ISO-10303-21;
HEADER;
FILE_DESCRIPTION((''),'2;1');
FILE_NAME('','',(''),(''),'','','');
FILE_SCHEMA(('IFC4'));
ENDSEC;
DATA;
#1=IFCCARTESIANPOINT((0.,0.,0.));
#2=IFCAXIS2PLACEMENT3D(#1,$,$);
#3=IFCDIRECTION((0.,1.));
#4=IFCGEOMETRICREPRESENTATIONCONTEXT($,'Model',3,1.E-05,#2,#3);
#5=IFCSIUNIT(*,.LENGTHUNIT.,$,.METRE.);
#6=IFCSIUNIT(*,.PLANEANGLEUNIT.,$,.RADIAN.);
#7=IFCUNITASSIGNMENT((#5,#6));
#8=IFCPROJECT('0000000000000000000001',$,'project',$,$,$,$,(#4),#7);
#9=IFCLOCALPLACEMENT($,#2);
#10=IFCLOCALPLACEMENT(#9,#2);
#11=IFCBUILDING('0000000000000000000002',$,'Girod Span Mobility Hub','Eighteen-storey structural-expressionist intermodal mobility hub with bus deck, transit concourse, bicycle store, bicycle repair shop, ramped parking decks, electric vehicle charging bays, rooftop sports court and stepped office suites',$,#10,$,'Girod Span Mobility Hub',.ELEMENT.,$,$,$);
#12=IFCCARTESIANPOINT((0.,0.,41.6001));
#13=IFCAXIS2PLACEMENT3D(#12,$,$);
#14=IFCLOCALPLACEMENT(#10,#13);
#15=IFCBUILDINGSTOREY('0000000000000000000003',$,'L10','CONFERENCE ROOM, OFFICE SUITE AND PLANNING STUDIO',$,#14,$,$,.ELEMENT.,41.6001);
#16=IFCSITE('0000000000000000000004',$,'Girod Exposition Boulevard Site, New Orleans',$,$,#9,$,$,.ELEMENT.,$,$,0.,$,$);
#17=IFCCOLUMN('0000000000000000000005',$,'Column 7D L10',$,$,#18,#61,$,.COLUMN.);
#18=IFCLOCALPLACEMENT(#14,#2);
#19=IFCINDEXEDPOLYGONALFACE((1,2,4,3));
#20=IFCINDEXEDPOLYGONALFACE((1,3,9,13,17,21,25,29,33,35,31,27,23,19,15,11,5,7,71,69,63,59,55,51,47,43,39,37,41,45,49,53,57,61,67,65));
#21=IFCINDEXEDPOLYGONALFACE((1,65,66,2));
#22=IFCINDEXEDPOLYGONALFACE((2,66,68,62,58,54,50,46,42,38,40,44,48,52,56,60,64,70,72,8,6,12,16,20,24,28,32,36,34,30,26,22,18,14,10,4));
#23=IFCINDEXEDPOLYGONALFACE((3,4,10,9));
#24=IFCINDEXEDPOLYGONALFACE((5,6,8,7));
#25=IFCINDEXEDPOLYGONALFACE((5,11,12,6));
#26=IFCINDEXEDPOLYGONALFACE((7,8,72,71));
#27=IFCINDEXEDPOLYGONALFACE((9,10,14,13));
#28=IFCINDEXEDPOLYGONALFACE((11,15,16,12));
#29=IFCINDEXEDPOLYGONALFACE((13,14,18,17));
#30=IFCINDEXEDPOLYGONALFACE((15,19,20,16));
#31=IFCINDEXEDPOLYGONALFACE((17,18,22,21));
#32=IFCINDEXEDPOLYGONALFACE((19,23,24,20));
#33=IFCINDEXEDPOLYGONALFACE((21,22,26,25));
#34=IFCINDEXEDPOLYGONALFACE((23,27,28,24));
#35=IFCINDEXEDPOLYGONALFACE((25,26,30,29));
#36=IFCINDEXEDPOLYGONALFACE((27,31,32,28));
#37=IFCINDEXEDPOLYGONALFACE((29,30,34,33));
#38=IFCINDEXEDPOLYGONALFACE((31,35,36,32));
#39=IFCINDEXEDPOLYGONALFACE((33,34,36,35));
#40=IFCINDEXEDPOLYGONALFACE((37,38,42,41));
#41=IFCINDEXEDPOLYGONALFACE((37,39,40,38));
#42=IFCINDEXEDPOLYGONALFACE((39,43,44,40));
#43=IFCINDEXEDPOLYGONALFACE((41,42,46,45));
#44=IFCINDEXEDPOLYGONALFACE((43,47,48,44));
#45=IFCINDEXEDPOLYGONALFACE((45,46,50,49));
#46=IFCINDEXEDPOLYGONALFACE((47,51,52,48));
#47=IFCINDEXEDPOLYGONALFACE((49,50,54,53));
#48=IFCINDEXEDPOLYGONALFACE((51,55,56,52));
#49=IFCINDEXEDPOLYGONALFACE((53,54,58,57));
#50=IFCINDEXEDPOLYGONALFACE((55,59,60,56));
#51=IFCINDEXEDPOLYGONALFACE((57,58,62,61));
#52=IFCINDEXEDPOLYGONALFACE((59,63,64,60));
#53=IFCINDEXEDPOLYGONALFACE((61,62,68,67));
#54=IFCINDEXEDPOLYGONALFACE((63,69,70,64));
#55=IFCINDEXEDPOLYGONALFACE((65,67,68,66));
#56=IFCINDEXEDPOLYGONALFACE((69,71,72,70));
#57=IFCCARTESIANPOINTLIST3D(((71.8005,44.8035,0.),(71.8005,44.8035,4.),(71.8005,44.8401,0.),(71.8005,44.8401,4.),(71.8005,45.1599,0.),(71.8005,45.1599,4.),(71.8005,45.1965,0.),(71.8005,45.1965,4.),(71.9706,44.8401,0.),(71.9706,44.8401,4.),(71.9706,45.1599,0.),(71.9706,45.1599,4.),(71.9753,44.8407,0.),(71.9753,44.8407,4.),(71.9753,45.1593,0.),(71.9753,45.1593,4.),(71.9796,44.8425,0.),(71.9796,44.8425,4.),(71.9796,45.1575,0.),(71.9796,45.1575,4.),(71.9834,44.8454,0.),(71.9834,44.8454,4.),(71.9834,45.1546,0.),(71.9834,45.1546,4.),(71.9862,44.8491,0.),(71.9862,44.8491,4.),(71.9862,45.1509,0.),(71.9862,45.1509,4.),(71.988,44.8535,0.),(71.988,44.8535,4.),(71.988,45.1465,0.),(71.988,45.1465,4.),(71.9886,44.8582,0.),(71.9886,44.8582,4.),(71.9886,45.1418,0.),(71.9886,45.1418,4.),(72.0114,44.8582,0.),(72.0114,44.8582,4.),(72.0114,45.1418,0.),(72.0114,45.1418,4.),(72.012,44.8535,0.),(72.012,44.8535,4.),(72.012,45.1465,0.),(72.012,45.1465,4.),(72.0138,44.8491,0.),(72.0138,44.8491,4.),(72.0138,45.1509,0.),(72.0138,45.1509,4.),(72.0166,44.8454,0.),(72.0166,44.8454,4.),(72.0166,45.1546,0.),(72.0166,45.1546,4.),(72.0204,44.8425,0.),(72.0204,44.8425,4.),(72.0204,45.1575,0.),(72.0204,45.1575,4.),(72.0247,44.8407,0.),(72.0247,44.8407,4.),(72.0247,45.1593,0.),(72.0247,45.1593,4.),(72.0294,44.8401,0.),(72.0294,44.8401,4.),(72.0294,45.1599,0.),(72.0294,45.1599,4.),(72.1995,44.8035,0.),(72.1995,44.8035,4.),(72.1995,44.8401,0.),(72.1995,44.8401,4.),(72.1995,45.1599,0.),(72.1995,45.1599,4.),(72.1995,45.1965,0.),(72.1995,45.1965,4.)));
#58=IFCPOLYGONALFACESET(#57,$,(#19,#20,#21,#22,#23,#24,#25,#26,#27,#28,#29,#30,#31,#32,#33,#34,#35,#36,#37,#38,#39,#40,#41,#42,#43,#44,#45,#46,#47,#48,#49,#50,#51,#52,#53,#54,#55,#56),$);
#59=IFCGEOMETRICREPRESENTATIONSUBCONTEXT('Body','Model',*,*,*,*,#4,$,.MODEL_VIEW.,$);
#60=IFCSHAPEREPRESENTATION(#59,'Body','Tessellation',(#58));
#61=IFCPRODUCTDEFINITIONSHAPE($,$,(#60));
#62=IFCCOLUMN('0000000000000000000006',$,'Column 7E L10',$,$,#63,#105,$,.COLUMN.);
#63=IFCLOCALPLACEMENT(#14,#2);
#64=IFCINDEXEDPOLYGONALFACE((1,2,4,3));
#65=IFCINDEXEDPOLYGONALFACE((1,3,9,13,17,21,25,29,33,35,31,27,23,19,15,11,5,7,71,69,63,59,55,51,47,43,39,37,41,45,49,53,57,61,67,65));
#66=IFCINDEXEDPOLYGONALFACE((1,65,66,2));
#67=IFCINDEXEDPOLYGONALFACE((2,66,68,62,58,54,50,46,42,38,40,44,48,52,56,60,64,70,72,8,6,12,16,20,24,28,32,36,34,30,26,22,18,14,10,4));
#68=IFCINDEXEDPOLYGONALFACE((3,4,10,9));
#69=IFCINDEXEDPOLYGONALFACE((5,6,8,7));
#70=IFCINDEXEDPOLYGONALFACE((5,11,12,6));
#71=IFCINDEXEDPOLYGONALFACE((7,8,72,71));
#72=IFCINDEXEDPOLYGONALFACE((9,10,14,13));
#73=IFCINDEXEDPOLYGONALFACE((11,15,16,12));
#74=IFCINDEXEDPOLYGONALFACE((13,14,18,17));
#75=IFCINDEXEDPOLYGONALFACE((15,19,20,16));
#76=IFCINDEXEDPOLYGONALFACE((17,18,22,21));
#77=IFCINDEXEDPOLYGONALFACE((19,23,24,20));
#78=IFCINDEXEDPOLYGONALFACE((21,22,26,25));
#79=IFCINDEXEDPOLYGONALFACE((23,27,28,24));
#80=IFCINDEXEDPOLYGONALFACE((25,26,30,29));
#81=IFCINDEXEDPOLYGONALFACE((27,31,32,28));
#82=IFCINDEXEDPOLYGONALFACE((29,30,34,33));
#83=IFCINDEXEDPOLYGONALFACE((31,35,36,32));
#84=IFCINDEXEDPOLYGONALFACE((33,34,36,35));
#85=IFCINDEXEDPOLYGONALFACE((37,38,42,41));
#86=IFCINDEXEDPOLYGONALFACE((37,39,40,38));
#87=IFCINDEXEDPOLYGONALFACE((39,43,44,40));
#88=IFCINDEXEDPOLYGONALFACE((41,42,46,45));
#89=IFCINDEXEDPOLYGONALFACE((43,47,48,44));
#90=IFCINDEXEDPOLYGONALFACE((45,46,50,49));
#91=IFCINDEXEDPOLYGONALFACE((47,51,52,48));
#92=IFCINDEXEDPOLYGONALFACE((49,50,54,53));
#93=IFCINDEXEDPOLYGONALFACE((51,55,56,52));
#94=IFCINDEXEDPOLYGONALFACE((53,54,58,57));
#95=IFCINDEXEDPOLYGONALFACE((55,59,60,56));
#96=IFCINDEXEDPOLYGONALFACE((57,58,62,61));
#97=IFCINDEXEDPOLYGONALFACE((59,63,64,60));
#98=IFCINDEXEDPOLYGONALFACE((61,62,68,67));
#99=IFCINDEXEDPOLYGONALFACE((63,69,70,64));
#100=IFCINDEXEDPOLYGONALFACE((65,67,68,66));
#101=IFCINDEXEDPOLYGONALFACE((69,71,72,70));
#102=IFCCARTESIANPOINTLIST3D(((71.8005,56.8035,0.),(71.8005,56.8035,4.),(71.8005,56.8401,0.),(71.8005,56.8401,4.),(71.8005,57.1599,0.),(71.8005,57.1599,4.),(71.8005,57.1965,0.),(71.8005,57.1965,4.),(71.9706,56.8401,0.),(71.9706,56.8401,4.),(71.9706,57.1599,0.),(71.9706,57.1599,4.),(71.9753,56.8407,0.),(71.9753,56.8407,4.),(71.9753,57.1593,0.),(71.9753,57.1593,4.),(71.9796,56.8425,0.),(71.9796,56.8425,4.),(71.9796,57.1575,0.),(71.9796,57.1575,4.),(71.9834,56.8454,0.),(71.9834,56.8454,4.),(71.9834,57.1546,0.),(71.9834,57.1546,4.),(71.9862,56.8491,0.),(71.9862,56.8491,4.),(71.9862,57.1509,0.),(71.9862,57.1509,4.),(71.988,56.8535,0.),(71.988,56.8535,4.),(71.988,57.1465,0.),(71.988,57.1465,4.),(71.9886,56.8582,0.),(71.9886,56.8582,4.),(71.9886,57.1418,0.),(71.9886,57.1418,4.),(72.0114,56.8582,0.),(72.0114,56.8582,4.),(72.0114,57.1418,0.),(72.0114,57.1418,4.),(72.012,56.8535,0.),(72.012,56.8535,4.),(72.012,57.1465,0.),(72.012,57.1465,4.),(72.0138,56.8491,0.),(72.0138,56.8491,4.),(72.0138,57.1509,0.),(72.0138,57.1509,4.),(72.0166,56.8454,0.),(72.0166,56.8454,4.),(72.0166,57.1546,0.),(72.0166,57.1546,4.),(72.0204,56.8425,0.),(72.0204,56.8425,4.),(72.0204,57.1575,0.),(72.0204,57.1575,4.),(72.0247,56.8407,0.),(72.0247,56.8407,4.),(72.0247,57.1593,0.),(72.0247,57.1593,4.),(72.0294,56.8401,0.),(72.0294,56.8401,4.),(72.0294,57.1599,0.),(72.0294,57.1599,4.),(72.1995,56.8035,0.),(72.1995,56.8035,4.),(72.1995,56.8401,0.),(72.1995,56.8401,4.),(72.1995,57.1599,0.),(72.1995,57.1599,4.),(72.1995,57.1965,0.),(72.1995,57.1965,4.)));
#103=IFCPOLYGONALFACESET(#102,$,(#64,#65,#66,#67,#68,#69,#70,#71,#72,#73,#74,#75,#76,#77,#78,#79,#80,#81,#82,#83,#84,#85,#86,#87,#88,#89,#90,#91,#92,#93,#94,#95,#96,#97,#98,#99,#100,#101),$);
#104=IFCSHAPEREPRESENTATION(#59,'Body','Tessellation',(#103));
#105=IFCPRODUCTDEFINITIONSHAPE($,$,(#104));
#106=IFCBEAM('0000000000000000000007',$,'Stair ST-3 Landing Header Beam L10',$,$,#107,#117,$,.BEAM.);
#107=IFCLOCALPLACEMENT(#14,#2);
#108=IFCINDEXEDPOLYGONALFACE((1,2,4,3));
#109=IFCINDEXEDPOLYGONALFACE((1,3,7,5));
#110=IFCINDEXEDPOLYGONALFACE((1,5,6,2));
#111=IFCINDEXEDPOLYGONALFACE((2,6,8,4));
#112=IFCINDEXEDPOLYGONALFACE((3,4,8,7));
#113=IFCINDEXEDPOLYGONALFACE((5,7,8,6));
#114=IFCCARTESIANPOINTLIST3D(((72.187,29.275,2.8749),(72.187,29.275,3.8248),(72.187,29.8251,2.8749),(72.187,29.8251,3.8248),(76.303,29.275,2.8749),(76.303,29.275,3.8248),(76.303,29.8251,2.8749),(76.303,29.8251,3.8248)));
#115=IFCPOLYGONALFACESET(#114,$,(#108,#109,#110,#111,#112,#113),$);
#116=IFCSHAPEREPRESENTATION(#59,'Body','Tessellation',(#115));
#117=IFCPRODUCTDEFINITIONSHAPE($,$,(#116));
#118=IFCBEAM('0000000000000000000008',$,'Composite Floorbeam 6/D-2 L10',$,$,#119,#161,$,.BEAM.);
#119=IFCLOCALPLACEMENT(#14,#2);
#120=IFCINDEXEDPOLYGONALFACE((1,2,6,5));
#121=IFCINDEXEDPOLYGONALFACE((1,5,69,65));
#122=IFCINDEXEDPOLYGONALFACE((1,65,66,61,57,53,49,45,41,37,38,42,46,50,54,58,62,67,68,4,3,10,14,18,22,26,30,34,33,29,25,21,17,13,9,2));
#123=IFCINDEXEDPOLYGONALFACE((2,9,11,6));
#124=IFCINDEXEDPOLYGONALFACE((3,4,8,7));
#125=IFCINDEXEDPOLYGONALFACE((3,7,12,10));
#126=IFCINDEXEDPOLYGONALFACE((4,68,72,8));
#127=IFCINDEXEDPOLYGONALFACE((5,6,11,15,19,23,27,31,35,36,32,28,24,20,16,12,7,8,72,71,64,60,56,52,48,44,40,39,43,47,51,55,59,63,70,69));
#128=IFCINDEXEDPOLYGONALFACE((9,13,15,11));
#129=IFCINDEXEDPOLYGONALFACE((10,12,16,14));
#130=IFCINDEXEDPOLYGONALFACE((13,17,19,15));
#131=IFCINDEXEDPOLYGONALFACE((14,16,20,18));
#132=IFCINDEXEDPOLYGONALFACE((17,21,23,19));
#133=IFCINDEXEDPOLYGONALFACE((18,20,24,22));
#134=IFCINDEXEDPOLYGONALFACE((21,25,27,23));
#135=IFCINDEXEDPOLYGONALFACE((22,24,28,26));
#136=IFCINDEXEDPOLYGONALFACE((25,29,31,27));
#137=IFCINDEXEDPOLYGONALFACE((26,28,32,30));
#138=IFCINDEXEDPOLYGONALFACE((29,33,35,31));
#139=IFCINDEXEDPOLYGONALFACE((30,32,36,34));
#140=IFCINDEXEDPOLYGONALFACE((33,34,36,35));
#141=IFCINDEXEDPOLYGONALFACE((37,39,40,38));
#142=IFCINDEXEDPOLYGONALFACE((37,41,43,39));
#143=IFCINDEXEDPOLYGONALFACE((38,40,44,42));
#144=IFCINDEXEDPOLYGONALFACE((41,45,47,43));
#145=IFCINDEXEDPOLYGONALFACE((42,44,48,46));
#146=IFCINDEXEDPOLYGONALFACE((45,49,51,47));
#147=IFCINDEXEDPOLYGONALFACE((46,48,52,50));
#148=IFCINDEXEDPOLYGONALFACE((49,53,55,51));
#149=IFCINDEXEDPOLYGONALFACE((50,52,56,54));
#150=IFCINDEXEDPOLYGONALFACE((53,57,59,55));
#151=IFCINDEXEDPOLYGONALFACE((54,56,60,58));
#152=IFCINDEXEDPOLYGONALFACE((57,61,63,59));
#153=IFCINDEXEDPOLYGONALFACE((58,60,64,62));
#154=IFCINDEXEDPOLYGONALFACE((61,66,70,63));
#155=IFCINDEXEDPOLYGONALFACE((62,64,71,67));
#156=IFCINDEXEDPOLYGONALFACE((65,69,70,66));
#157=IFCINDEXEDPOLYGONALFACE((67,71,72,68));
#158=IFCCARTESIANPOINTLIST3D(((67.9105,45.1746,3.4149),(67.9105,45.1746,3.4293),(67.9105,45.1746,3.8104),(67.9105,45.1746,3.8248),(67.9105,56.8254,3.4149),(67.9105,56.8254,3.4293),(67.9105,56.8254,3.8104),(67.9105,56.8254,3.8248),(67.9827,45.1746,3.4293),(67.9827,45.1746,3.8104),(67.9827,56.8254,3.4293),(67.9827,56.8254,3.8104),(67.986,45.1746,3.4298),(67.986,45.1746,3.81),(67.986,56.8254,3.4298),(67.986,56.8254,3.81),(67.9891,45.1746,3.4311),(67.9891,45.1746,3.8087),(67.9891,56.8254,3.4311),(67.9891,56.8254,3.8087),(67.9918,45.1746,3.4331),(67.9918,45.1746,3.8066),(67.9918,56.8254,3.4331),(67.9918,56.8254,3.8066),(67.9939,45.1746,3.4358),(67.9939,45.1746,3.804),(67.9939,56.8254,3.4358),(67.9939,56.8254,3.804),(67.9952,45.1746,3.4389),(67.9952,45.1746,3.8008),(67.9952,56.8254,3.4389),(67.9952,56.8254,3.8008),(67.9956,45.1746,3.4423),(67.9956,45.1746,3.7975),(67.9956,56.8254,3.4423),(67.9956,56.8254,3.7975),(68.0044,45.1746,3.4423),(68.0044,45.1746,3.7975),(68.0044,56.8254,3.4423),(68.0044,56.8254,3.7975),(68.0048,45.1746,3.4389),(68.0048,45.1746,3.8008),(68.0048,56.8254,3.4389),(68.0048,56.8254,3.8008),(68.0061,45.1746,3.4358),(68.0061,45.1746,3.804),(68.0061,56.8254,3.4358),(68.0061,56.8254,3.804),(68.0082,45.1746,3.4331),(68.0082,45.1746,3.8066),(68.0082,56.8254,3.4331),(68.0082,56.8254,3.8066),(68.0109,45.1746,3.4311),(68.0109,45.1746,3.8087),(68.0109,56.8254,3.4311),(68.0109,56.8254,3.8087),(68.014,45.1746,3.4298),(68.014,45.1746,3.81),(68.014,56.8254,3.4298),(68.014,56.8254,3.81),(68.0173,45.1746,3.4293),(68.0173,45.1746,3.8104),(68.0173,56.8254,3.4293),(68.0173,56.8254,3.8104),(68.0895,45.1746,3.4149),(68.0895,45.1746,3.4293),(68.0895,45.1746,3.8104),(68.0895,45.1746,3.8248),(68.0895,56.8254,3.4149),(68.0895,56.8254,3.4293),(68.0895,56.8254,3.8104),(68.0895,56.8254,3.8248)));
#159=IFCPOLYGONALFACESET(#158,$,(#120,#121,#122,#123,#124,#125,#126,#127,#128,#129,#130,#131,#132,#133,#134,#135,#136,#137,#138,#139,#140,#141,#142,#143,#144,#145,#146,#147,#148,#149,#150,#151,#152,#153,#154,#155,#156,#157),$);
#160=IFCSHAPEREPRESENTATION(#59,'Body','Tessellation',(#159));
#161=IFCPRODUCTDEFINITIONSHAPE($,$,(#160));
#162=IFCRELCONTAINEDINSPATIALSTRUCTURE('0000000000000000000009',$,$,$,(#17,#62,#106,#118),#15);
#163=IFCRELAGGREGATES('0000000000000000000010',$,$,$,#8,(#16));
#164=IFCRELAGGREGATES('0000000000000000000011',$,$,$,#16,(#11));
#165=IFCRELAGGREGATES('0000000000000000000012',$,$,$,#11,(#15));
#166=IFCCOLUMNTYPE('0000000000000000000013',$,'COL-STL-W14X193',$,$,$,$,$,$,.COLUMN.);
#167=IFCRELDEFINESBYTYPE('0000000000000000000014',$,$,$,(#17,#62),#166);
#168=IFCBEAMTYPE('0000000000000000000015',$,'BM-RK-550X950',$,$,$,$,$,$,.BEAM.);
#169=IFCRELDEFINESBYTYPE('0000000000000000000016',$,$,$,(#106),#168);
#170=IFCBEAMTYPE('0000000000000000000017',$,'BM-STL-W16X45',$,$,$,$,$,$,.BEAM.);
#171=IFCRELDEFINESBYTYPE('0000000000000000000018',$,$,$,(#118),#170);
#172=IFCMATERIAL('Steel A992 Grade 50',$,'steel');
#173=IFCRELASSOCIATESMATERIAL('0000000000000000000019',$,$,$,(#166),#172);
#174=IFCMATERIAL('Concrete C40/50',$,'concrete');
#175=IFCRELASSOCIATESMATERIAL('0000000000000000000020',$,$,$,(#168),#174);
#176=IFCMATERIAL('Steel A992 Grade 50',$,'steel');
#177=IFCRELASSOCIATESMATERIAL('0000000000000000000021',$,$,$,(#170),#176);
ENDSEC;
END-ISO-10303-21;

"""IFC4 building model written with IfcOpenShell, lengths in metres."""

from ifc_helpers import new_model, si_unit, direction, frame, origin, origin_2d, place, context, subcontext, project, spatial, rectangle, i_section, extrude, material, material_profile, profile_set, type_object, element, save


model = new_model("IFC4")

# Units and contexts
model_context = context("Model", 3, precision=1e-05, world=origin(), true_north=direction((0.0, 1.0)))
body_context = subcontext(model_context, "Body", "Model", "MODEL_VIEW")
ifc_project = project(units=[si_unit("LENGTHUNIT", "METRE"), si_unit("PLANEANGLEUNIT", "RADIAN")], contexts=[model_context])

# Site, building, storey
site_placement = place(None, origin())
site = spatial("IfcSite", under=ifc_project, at=site_placement, Name="Girod Exposition Boulevard Site, New Orleans", CompositionType="ELEMENT", RefElevation=0.0)
building_placement = place(site_placement, origin())
building = spatial("IfcBuilding", under=site, at=building_placement, Name="Girod Span Mobility Hub", Description="Eighteen-storey structural-expressionist intermodal mobility hub with bus deck, transit concourse, bicycle store, bicycle repair shop, ramped parking decks, electric vehicle charging bays, rooftop sports court and stepped office suites", LongName="Girod Span Mobility Hub", CompositionType="ELEMENT")
storey_placement = place(building_placement, frame((0.0, 0.0, 41.6001)))
storey = spatial("IfcBuildingStorey", under=building, at=storey_placement, Name="L10", Description="CONFERENCE ROOM, OFFICE SUITE AND PLANNING STUDIO", CompositionType="ELEMENT", Elevation=41.6001)

# Columns
ifc_material_1 = material(Name="Steel A992 Grade 50", Category="steel")
ifc_material_profile_1 = material_profile(ifc_material_1, i_section(OverallWidth=0.3989, OverallDepth=0.3931, WebThickness=0.0227, FlangeThickness=0.0366, FilletRadius=0.0181, at=origin_2d()), Name="W14X193")
ifc_profile_set_1 = profile_set([ifc_material_profile_1], Name="Steel A992 Grade 50")
column_type = type_object("IfcColumnType", Name="COL-STL-W14X193", PredefinedType="COLUMN", material=ifc_profile_set_1)
for number, where, z_axis, x_axis, name in (
    (1, (72.0, 45.0, 0.0), (0.0, 0.0, 1.0), (1.0, 0.0, 0.0), "Column 7D L10"),
    (2, (72.0, 57.0, 0.0), (0.0, 0.0, 1.0), (1.0, 0.0, 0.0), "Column 7E L10"),
):
    element("IfcColumn", number, at=place(storey_placement, frame(where, z_axis=z_axis, x_axis=x_axis)), inside=storey, type_object=column_type, Name=name, PredefinedType="COLUMN", context=body_context, shape_type="SweptSolid", body=[
        extrude(i_section(OverallWidth=0.3989, OverallDepth=0.3931, WebThickness=0.0227, FlangeThickness=0.0366, FilletRadius=0.0181, at=origin_2d()), origin(), (0.0, 0.0, 1.0), 4.0),
    ])

# Beams
ifc_material_2 = material(Name="Concrete C40/50", Category="concrete")
ifc_material_profile_2 = material_profile(ifc_material_2, rectangle(XDim=0.55, YDim=0.95, at=origin_2d()), Name="RK-550X950")
ifc_profile_set_2 = profile_set([ifc_material_profile_2], Name="Concrete C40/50")
beam_type_1 = type_object("IfcBeamType", Name="BM-RK-550X950", PredefinedType="BEAM", material=ifc_profile_set_2)
beam_1_placement = place(storey_placement, frame((72.187, 29.55, 3.3499), z_axis=(1.0, 0.0, 0.0), x_axis=(0.0, 1.0, 0.0)))
element("IfcBeam", 3, at=beam_1_placement, inside=storey, type_object=beam_type_1, Name="Stair ST-3 Landing Header Beam L10", PredefinedType="BEAM", context=body_context, shape_type="SweptSolid", body=[
    extrude(rectangle(XDim=0.55, YDim=0.95, at=origin_2d()), origin(), (0.0, 0.0, 1.0), 4.116),
])
ifc_material_3 = material(Name="Steel A992 Grade 50", Category="steel")
ifc_material_profile_3 = material_profile(ifc_material_3, i_section(OverallWidth=0.179, OverallDepth=0.4099, WebThickness=0.0088, FlangeThickness=0.0144, FilletRadius=0.0129, at=origin_2d()), Name="W16X45")
ifc_profile_set_3 = profile_set([ifc_material_profile_3], Name="Steel A992 Grade 50")
beam_type_2 = type_object("IfcBeamType", Name="BM-STL-W16X45", PredefinedType="BEAM", material=ifc_profile_set_3)
for number, where, z_axis, x_axis, name in (
    (4, (68.0, 45.1746, 3.6199), (0.0, 1.0, 0.0), (-1.0, 0.0, 0.0), "Composite Floorbeam 6/D-2 L10"),
):
    element("IfcBeam", number, at=place(storey_placement, frame(where, z_axis=z_axis, x_axis=x_axis)), inside=storey, type_object=beam_type_2, Name=name, PredefinedType="BEAM", context=body_context, shape_type="SweptSolid", body=[
        extrude(i_section(OverallWidth=0.179, OverallDepth=0.4099, WebThickness=0.0088, FlangeThickness=0.0144, FilletRadius=0.0129, at=origin_2d()), origin(), (0.0, 0.0, 1.0), 11.6509),
    ])

save(model, "model.ifc")
